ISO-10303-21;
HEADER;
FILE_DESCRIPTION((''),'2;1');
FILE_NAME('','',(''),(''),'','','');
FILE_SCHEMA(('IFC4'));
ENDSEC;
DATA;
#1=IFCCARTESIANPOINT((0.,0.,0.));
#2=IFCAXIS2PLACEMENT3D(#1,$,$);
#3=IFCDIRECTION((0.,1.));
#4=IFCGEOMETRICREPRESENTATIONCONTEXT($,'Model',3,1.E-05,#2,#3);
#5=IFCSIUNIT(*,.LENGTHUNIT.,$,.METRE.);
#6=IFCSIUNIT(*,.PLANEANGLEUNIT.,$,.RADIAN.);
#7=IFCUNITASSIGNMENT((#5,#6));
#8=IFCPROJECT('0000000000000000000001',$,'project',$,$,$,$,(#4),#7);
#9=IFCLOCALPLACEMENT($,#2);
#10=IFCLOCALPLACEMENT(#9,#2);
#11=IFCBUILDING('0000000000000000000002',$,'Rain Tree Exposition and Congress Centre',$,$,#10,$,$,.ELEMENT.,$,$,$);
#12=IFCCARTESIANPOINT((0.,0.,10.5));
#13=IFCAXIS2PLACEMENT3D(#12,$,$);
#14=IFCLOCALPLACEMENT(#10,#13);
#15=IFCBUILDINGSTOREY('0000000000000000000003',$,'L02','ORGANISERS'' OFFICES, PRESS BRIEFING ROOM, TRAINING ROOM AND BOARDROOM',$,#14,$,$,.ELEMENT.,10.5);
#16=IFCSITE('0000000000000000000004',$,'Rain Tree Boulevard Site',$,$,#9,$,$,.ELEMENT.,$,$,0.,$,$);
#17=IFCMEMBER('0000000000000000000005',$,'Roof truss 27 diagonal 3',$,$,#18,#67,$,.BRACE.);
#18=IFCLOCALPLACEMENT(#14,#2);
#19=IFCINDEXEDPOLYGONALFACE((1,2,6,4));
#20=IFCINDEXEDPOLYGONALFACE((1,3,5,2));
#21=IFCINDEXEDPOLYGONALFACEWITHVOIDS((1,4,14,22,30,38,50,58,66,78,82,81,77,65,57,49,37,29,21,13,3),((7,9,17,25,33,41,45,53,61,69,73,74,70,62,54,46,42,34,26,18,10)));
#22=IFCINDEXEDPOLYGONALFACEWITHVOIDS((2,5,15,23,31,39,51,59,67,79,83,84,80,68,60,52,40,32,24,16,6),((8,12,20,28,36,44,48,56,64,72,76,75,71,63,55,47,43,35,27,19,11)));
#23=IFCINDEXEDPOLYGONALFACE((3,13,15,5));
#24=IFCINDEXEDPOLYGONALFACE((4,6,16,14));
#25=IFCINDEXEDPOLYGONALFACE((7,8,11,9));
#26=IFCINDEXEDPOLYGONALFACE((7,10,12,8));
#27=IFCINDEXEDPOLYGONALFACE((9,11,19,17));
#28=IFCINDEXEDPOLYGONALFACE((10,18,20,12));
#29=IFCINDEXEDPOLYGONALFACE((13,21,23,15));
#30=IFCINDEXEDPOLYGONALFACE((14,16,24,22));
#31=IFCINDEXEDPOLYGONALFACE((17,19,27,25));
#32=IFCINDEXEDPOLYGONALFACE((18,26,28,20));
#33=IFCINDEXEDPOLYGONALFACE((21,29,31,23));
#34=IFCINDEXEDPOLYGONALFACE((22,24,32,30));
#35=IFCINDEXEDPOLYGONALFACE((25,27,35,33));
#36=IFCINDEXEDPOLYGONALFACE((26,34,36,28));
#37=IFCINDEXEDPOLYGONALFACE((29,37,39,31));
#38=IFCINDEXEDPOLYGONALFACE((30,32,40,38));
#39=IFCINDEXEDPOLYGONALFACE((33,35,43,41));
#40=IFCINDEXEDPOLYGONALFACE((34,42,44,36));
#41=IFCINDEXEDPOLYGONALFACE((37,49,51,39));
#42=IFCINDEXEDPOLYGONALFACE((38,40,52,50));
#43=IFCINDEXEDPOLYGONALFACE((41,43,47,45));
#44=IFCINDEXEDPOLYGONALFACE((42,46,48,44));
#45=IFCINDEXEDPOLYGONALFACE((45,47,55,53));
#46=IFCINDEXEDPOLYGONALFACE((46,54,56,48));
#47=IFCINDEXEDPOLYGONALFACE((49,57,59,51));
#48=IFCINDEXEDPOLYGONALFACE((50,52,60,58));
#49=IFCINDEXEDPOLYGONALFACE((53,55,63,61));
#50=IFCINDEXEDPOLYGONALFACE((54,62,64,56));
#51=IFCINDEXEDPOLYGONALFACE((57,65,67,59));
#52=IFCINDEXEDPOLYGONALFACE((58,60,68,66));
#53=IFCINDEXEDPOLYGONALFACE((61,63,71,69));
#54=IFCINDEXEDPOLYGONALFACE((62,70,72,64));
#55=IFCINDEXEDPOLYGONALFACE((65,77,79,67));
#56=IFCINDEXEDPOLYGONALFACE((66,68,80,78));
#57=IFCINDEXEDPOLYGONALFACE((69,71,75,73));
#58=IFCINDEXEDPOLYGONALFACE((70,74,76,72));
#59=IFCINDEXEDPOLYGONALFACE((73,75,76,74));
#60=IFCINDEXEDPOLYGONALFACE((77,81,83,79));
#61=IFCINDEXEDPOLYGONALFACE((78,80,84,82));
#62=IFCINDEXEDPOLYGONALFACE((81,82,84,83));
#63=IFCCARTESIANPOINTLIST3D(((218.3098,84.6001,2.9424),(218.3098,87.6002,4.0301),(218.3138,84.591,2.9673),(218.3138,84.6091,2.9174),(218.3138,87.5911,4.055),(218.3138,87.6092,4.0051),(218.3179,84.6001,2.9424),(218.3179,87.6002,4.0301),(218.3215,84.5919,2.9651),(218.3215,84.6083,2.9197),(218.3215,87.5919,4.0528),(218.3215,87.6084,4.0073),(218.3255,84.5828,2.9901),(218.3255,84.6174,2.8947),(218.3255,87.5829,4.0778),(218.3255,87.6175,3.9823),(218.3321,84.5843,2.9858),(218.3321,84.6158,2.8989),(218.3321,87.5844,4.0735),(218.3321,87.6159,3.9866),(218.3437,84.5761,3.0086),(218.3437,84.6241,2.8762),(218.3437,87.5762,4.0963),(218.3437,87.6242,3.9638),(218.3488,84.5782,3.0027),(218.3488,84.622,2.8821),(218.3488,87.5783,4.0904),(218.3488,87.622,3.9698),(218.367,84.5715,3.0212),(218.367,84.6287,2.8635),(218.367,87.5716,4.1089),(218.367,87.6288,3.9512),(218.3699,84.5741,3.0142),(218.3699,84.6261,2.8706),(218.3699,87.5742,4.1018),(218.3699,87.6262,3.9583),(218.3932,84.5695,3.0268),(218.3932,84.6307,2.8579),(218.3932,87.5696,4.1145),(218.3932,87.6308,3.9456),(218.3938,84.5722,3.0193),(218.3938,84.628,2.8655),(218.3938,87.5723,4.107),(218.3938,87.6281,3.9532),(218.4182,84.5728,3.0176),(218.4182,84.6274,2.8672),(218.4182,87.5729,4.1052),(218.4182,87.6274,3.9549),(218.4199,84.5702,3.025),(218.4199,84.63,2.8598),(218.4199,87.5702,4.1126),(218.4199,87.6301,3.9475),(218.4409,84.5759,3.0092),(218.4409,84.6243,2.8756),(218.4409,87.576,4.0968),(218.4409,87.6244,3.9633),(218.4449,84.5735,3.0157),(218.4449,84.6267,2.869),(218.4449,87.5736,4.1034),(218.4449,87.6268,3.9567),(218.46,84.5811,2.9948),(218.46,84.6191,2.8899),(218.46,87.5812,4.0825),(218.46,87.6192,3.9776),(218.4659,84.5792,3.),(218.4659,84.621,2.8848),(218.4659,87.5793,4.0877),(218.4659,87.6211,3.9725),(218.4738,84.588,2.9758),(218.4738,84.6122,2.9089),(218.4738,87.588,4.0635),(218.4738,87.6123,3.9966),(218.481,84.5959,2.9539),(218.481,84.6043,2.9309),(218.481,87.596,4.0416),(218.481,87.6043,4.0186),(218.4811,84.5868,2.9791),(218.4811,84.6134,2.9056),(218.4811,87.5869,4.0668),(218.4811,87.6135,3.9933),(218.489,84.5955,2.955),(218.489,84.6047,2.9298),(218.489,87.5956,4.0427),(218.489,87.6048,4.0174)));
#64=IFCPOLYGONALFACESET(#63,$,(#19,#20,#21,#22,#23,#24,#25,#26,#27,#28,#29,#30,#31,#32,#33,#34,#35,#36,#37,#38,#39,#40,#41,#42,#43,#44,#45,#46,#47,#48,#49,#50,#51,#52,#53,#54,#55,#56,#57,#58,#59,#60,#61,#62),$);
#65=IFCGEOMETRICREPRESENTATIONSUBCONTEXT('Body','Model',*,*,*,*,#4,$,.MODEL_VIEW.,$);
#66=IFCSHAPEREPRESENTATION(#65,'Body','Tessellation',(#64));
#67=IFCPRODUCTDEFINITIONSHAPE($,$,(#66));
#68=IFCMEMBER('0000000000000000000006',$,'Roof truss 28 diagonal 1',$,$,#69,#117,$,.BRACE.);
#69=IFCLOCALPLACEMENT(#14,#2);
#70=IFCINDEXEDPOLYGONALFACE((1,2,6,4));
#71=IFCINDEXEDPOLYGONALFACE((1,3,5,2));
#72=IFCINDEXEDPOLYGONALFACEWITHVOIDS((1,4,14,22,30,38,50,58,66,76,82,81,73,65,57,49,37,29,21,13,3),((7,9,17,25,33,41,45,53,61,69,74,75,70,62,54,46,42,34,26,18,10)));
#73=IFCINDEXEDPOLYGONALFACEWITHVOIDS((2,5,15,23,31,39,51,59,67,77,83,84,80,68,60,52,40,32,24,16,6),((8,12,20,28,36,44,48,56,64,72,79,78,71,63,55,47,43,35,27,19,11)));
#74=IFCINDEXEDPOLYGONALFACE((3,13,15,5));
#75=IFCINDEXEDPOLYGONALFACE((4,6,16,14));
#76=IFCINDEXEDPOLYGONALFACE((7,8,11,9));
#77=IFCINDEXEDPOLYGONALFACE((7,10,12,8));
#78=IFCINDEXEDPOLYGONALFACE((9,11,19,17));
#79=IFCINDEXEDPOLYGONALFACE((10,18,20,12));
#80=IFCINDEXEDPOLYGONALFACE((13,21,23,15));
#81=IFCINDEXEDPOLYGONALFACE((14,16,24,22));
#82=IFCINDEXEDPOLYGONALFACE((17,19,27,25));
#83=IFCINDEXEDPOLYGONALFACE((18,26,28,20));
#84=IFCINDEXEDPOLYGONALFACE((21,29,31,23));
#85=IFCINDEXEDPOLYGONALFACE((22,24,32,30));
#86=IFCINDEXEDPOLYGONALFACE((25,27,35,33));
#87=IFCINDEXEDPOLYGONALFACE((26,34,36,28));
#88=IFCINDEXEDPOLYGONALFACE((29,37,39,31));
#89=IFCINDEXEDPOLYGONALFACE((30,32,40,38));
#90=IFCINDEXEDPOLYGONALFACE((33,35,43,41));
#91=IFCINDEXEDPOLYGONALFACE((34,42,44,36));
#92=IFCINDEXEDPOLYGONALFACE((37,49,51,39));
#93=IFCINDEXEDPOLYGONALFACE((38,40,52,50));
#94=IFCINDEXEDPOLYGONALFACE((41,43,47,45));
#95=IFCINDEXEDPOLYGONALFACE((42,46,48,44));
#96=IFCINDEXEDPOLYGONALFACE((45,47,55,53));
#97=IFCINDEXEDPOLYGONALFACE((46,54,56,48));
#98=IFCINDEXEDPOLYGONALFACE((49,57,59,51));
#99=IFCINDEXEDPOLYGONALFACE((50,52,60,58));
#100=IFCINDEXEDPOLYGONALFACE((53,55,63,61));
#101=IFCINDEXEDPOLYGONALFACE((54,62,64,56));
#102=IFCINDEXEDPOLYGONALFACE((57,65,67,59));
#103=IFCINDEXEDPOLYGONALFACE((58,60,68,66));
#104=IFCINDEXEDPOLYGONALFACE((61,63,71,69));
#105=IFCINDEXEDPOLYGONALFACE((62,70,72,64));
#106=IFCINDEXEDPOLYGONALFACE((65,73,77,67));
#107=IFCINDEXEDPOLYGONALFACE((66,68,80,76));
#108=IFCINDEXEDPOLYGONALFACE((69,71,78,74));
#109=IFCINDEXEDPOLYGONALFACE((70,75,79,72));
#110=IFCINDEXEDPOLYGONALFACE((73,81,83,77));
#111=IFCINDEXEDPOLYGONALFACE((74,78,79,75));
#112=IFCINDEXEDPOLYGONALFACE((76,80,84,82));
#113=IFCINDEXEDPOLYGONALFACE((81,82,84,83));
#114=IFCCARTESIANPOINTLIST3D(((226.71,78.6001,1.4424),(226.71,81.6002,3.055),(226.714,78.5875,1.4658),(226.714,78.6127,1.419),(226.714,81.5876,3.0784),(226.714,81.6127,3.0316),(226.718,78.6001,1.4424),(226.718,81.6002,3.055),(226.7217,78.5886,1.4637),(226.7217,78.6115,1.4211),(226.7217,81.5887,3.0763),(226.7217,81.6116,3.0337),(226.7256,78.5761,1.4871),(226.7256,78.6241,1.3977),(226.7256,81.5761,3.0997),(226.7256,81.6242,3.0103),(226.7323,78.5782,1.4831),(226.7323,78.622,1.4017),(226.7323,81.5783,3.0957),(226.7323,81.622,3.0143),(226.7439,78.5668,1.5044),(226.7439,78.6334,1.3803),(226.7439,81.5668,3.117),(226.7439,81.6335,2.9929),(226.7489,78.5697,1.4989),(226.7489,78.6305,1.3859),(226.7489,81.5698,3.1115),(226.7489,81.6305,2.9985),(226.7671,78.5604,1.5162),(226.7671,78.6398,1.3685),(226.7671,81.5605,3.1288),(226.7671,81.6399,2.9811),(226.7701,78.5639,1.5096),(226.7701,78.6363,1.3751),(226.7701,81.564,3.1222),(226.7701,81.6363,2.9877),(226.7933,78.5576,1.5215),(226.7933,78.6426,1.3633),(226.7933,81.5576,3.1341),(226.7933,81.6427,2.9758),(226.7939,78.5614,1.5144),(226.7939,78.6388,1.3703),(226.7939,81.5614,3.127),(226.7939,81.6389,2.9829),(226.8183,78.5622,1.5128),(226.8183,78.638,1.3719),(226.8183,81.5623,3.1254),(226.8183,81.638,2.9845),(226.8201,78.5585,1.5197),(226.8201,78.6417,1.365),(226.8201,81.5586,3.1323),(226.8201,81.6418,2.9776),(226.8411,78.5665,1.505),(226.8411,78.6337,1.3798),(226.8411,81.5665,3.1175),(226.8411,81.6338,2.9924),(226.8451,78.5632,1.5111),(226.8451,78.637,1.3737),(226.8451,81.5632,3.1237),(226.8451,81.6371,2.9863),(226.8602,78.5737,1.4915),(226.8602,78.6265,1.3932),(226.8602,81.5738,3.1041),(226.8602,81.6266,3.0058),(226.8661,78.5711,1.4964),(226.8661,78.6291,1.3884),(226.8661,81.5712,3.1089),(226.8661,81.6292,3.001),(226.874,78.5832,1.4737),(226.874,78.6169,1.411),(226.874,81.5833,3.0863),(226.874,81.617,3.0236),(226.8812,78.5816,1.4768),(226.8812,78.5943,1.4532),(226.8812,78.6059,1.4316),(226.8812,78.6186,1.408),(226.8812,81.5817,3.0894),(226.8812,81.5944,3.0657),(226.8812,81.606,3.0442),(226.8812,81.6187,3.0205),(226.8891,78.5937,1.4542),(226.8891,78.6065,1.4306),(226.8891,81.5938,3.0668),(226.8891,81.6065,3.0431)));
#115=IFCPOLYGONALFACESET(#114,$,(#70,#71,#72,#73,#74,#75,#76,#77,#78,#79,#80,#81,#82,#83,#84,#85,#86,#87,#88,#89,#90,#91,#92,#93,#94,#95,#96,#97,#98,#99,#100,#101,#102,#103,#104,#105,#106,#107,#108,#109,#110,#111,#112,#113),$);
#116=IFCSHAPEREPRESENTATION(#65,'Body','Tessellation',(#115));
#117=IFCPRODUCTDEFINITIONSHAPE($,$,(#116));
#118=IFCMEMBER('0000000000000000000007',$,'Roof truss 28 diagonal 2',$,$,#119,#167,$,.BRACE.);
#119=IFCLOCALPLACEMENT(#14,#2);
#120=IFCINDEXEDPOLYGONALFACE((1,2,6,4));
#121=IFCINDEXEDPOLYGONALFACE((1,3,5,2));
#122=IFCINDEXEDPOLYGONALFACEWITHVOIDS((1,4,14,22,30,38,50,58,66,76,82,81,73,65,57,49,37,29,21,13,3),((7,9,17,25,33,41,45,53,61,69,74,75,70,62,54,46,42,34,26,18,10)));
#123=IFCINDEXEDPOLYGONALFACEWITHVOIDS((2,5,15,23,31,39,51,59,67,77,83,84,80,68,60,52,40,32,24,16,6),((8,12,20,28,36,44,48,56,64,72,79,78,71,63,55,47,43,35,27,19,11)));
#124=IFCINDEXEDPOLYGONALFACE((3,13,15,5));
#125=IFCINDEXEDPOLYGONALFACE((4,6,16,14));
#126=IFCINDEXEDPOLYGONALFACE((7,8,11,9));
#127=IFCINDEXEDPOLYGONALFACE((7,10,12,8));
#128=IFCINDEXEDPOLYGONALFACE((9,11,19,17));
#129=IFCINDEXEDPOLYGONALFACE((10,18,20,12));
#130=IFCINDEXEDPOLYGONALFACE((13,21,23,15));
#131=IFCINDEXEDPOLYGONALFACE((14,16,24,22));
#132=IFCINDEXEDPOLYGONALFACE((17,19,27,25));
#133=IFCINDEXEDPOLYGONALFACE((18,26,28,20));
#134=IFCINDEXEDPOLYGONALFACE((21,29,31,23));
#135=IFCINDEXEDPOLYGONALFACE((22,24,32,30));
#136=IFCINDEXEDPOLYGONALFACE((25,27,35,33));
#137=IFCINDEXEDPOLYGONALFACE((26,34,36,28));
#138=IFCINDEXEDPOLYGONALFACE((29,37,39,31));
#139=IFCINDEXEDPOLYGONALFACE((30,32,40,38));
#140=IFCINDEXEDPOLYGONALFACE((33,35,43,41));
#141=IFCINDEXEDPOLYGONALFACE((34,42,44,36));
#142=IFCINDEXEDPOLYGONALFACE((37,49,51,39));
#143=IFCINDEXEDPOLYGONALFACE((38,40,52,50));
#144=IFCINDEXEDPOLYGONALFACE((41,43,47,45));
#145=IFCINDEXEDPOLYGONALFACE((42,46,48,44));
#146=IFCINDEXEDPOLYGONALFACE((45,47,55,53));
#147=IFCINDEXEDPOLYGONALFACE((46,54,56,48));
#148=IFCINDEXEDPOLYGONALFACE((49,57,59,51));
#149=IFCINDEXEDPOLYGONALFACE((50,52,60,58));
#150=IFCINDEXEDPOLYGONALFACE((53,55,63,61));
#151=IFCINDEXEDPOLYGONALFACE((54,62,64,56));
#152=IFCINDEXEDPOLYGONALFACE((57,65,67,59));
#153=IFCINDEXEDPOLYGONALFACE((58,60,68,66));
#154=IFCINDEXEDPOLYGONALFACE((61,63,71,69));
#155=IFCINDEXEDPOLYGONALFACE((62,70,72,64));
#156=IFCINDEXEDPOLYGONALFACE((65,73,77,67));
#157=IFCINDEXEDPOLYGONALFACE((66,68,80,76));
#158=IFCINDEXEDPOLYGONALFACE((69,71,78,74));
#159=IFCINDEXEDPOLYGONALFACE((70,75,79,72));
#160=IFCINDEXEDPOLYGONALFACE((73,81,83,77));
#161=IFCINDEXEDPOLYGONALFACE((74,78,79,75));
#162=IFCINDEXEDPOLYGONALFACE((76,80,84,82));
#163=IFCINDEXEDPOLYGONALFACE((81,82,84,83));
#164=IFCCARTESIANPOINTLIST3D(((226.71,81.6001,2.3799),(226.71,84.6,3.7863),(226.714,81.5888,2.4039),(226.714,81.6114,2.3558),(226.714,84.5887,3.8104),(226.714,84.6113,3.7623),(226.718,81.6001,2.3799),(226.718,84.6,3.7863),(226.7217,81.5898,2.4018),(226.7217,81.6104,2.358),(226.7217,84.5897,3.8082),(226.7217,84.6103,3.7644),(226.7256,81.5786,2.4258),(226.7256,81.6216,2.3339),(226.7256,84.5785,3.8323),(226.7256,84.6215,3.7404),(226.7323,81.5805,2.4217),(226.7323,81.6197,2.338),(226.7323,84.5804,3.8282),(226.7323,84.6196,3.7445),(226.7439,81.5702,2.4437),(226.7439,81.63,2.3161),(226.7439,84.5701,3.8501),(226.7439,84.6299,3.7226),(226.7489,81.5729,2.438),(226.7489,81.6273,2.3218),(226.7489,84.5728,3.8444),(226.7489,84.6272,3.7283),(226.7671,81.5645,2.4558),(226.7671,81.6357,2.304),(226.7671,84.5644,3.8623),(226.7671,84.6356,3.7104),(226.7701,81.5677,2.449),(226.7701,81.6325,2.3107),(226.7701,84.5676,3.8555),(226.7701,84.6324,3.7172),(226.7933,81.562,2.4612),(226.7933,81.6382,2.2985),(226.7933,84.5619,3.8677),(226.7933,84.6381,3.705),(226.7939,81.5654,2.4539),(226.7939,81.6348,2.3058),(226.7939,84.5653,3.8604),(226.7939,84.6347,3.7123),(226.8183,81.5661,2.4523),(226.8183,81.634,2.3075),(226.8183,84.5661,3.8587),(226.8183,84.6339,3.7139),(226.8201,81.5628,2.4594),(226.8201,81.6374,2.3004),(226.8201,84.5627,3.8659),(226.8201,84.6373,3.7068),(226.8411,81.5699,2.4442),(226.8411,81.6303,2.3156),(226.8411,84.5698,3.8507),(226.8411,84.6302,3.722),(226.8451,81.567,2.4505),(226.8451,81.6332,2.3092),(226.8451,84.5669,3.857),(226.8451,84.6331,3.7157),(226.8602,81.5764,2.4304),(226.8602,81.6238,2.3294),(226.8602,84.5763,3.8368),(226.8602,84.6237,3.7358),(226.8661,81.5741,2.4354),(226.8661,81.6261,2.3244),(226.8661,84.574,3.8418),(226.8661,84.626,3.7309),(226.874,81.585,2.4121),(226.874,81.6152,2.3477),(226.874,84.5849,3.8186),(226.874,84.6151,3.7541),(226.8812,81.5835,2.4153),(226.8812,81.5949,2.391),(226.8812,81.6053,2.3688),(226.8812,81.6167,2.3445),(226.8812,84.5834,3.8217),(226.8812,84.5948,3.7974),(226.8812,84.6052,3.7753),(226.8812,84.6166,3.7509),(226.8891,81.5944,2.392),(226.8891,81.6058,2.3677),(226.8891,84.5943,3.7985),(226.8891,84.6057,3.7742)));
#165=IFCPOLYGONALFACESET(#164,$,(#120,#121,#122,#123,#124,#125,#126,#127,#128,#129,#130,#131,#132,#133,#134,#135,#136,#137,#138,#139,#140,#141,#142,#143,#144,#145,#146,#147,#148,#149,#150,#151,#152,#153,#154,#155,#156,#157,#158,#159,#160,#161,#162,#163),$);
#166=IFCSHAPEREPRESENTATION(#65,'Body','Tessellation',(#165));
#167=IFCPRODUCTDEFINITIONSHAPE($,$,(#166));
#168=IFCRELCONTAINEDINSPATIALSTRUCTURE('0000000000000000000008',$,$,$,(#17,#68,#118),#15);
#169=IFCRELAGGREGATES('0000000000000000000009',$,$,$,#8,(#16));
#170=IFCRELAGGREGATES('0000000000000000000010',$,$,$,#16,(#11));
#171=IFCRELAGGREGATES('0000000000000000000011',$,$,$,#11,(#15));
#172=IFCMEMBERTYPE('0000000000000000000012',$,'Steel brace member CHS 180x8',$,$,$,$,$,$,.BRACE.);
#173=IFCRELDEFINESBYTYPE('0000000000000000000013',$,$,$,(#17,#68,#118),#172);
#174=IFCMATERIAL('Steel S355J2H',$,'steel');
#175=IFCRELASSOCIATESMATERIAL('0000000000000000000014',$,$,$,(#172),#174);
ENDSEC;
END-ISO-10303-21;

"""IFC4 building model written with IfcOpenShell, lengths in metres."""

from ifc_helpers import new_model, si_unit, direction, frame, origin, origin_2d, place, context, subcontext, project, spatial, hollow_circle, extrude, material, material_profile, profile_set, type_object, element, save


model = new_model("IFC4")

# Units and contexts
model_context = context("Model", 3, precision=1e-05, world=origin(), true_north=direction((0.0, 1.0)))
body_context = subcontext(model_context, "Body", "Model", "MODEL_VIEW")
ifc_project = project(units=[si_unit("LENGTHUNIT", "METRE"), si_unit("PLANEANGLEUNIT", "RADIAN")], contexts=[model_context])

# Site, building, storey
site_placement = place(None, origin())
site = spatial("IfcSite", under=ifc_project, at=site_placement, Name="Rain Tree Boulevard Site", CompositionType="ELEMENT", RefElevation=0.0)
building_placement = place(site_placement, origin())
building = spatial("IfcBuilding", under=site, at=building_placement, Name="Rain Tree Exposition and Congress Centre", CompositionType="ELEMENT")
storey_placement = place(building_placement, frame((0.0, 0.0, 10.5)))
storey = spatial("IfcBuildingStorey", under=building, at=storey_placement, Name="L02", Description="ORGANISERS' OFFICES, PRESS BRIEFING ROOM, TRAINING ROOM AND BOARDROOM", CompositionType="ELEMENT", Elevation=10.5)

# Members
ifc_material_1 = material(Name="Steel S355J2H", Category="steel")
ifc_material_profile_1 = material_profile(ifc_material_1, hollow_circle(Radius=0.0901, WallThickness=0.0081, at=origin_2d()), Name="CHS 180x8")
ifc_profile_set_1 = profile_set([ifc_material_profile_1], Name="Steel S355J2H")
member_type_1 = type_object("IfcMemberType", Name="Steel brace member CHS 180x8", PredefinedType="BRACE", material=ifc_profile_set_1)
member_1_placement = place(storey_placement, frame((218.3999, 84.6001, 2.9424), z_axis=(0.0, 0.940121, 0.34084), x_axis=(-1.0, 0.0, 0.0)))
element("IfcMember", 1, at=member_1_placement, inside=storey, type_object=member_type_1, Name="Roof truss 27 diagonal 3", PredefinedType="BRACE", context=body_context, shape_type="SweptSolid", body=[
    extrude(hollow_circle(Radius=0.0901, WallThickness=0.0081, at=origin_2d()), origin(), (0.0, 0.0, 1.0), 3.1912),
])
member_2_placement = place(storey_placement, frame((226.8, 78.6001, 1.4424), z_axis=(0.0, 0.880818, 0.473454), x_axis=(-1.0, 0.0, 0.0)))
element("IfcMember", 2, at=member_2_placement, inside=storey, type_object=member_type_1, Name="Roof truss 28 diagonal 1", PredefinedType="BRACE", context=body_context, shape_type="SweptSolid", body=[
    extrude(hollow_circle(Radius=0.0901, WallThickness=0.0081, at=origin_2d()), origin(), (0.0, 0.0, 1.0), 3.406),
])
member_3_placement = place(storey_placement, frame((226.8, 81.6001, 2.3799), z_axis=(0.0, 0.905431, 0.424494), x_axis=(-1.0, 0.0, 0.0)))
element("IfcMember", 3, at=member_3_placement, inside=storey, type_object=member_type_1, Name="Roof truss 28 diagonal 2", PredefinedType="BRACE", context=body_context, shape_type="SweptSolid", body=[
    extrude(hollow_circle(Radius=0.0901, WallThickness=0.0081, at=origin_2d()), origin(), (0.0, 0.0, 1.0), 3.3132),
])

save(model, "model.ifc")
